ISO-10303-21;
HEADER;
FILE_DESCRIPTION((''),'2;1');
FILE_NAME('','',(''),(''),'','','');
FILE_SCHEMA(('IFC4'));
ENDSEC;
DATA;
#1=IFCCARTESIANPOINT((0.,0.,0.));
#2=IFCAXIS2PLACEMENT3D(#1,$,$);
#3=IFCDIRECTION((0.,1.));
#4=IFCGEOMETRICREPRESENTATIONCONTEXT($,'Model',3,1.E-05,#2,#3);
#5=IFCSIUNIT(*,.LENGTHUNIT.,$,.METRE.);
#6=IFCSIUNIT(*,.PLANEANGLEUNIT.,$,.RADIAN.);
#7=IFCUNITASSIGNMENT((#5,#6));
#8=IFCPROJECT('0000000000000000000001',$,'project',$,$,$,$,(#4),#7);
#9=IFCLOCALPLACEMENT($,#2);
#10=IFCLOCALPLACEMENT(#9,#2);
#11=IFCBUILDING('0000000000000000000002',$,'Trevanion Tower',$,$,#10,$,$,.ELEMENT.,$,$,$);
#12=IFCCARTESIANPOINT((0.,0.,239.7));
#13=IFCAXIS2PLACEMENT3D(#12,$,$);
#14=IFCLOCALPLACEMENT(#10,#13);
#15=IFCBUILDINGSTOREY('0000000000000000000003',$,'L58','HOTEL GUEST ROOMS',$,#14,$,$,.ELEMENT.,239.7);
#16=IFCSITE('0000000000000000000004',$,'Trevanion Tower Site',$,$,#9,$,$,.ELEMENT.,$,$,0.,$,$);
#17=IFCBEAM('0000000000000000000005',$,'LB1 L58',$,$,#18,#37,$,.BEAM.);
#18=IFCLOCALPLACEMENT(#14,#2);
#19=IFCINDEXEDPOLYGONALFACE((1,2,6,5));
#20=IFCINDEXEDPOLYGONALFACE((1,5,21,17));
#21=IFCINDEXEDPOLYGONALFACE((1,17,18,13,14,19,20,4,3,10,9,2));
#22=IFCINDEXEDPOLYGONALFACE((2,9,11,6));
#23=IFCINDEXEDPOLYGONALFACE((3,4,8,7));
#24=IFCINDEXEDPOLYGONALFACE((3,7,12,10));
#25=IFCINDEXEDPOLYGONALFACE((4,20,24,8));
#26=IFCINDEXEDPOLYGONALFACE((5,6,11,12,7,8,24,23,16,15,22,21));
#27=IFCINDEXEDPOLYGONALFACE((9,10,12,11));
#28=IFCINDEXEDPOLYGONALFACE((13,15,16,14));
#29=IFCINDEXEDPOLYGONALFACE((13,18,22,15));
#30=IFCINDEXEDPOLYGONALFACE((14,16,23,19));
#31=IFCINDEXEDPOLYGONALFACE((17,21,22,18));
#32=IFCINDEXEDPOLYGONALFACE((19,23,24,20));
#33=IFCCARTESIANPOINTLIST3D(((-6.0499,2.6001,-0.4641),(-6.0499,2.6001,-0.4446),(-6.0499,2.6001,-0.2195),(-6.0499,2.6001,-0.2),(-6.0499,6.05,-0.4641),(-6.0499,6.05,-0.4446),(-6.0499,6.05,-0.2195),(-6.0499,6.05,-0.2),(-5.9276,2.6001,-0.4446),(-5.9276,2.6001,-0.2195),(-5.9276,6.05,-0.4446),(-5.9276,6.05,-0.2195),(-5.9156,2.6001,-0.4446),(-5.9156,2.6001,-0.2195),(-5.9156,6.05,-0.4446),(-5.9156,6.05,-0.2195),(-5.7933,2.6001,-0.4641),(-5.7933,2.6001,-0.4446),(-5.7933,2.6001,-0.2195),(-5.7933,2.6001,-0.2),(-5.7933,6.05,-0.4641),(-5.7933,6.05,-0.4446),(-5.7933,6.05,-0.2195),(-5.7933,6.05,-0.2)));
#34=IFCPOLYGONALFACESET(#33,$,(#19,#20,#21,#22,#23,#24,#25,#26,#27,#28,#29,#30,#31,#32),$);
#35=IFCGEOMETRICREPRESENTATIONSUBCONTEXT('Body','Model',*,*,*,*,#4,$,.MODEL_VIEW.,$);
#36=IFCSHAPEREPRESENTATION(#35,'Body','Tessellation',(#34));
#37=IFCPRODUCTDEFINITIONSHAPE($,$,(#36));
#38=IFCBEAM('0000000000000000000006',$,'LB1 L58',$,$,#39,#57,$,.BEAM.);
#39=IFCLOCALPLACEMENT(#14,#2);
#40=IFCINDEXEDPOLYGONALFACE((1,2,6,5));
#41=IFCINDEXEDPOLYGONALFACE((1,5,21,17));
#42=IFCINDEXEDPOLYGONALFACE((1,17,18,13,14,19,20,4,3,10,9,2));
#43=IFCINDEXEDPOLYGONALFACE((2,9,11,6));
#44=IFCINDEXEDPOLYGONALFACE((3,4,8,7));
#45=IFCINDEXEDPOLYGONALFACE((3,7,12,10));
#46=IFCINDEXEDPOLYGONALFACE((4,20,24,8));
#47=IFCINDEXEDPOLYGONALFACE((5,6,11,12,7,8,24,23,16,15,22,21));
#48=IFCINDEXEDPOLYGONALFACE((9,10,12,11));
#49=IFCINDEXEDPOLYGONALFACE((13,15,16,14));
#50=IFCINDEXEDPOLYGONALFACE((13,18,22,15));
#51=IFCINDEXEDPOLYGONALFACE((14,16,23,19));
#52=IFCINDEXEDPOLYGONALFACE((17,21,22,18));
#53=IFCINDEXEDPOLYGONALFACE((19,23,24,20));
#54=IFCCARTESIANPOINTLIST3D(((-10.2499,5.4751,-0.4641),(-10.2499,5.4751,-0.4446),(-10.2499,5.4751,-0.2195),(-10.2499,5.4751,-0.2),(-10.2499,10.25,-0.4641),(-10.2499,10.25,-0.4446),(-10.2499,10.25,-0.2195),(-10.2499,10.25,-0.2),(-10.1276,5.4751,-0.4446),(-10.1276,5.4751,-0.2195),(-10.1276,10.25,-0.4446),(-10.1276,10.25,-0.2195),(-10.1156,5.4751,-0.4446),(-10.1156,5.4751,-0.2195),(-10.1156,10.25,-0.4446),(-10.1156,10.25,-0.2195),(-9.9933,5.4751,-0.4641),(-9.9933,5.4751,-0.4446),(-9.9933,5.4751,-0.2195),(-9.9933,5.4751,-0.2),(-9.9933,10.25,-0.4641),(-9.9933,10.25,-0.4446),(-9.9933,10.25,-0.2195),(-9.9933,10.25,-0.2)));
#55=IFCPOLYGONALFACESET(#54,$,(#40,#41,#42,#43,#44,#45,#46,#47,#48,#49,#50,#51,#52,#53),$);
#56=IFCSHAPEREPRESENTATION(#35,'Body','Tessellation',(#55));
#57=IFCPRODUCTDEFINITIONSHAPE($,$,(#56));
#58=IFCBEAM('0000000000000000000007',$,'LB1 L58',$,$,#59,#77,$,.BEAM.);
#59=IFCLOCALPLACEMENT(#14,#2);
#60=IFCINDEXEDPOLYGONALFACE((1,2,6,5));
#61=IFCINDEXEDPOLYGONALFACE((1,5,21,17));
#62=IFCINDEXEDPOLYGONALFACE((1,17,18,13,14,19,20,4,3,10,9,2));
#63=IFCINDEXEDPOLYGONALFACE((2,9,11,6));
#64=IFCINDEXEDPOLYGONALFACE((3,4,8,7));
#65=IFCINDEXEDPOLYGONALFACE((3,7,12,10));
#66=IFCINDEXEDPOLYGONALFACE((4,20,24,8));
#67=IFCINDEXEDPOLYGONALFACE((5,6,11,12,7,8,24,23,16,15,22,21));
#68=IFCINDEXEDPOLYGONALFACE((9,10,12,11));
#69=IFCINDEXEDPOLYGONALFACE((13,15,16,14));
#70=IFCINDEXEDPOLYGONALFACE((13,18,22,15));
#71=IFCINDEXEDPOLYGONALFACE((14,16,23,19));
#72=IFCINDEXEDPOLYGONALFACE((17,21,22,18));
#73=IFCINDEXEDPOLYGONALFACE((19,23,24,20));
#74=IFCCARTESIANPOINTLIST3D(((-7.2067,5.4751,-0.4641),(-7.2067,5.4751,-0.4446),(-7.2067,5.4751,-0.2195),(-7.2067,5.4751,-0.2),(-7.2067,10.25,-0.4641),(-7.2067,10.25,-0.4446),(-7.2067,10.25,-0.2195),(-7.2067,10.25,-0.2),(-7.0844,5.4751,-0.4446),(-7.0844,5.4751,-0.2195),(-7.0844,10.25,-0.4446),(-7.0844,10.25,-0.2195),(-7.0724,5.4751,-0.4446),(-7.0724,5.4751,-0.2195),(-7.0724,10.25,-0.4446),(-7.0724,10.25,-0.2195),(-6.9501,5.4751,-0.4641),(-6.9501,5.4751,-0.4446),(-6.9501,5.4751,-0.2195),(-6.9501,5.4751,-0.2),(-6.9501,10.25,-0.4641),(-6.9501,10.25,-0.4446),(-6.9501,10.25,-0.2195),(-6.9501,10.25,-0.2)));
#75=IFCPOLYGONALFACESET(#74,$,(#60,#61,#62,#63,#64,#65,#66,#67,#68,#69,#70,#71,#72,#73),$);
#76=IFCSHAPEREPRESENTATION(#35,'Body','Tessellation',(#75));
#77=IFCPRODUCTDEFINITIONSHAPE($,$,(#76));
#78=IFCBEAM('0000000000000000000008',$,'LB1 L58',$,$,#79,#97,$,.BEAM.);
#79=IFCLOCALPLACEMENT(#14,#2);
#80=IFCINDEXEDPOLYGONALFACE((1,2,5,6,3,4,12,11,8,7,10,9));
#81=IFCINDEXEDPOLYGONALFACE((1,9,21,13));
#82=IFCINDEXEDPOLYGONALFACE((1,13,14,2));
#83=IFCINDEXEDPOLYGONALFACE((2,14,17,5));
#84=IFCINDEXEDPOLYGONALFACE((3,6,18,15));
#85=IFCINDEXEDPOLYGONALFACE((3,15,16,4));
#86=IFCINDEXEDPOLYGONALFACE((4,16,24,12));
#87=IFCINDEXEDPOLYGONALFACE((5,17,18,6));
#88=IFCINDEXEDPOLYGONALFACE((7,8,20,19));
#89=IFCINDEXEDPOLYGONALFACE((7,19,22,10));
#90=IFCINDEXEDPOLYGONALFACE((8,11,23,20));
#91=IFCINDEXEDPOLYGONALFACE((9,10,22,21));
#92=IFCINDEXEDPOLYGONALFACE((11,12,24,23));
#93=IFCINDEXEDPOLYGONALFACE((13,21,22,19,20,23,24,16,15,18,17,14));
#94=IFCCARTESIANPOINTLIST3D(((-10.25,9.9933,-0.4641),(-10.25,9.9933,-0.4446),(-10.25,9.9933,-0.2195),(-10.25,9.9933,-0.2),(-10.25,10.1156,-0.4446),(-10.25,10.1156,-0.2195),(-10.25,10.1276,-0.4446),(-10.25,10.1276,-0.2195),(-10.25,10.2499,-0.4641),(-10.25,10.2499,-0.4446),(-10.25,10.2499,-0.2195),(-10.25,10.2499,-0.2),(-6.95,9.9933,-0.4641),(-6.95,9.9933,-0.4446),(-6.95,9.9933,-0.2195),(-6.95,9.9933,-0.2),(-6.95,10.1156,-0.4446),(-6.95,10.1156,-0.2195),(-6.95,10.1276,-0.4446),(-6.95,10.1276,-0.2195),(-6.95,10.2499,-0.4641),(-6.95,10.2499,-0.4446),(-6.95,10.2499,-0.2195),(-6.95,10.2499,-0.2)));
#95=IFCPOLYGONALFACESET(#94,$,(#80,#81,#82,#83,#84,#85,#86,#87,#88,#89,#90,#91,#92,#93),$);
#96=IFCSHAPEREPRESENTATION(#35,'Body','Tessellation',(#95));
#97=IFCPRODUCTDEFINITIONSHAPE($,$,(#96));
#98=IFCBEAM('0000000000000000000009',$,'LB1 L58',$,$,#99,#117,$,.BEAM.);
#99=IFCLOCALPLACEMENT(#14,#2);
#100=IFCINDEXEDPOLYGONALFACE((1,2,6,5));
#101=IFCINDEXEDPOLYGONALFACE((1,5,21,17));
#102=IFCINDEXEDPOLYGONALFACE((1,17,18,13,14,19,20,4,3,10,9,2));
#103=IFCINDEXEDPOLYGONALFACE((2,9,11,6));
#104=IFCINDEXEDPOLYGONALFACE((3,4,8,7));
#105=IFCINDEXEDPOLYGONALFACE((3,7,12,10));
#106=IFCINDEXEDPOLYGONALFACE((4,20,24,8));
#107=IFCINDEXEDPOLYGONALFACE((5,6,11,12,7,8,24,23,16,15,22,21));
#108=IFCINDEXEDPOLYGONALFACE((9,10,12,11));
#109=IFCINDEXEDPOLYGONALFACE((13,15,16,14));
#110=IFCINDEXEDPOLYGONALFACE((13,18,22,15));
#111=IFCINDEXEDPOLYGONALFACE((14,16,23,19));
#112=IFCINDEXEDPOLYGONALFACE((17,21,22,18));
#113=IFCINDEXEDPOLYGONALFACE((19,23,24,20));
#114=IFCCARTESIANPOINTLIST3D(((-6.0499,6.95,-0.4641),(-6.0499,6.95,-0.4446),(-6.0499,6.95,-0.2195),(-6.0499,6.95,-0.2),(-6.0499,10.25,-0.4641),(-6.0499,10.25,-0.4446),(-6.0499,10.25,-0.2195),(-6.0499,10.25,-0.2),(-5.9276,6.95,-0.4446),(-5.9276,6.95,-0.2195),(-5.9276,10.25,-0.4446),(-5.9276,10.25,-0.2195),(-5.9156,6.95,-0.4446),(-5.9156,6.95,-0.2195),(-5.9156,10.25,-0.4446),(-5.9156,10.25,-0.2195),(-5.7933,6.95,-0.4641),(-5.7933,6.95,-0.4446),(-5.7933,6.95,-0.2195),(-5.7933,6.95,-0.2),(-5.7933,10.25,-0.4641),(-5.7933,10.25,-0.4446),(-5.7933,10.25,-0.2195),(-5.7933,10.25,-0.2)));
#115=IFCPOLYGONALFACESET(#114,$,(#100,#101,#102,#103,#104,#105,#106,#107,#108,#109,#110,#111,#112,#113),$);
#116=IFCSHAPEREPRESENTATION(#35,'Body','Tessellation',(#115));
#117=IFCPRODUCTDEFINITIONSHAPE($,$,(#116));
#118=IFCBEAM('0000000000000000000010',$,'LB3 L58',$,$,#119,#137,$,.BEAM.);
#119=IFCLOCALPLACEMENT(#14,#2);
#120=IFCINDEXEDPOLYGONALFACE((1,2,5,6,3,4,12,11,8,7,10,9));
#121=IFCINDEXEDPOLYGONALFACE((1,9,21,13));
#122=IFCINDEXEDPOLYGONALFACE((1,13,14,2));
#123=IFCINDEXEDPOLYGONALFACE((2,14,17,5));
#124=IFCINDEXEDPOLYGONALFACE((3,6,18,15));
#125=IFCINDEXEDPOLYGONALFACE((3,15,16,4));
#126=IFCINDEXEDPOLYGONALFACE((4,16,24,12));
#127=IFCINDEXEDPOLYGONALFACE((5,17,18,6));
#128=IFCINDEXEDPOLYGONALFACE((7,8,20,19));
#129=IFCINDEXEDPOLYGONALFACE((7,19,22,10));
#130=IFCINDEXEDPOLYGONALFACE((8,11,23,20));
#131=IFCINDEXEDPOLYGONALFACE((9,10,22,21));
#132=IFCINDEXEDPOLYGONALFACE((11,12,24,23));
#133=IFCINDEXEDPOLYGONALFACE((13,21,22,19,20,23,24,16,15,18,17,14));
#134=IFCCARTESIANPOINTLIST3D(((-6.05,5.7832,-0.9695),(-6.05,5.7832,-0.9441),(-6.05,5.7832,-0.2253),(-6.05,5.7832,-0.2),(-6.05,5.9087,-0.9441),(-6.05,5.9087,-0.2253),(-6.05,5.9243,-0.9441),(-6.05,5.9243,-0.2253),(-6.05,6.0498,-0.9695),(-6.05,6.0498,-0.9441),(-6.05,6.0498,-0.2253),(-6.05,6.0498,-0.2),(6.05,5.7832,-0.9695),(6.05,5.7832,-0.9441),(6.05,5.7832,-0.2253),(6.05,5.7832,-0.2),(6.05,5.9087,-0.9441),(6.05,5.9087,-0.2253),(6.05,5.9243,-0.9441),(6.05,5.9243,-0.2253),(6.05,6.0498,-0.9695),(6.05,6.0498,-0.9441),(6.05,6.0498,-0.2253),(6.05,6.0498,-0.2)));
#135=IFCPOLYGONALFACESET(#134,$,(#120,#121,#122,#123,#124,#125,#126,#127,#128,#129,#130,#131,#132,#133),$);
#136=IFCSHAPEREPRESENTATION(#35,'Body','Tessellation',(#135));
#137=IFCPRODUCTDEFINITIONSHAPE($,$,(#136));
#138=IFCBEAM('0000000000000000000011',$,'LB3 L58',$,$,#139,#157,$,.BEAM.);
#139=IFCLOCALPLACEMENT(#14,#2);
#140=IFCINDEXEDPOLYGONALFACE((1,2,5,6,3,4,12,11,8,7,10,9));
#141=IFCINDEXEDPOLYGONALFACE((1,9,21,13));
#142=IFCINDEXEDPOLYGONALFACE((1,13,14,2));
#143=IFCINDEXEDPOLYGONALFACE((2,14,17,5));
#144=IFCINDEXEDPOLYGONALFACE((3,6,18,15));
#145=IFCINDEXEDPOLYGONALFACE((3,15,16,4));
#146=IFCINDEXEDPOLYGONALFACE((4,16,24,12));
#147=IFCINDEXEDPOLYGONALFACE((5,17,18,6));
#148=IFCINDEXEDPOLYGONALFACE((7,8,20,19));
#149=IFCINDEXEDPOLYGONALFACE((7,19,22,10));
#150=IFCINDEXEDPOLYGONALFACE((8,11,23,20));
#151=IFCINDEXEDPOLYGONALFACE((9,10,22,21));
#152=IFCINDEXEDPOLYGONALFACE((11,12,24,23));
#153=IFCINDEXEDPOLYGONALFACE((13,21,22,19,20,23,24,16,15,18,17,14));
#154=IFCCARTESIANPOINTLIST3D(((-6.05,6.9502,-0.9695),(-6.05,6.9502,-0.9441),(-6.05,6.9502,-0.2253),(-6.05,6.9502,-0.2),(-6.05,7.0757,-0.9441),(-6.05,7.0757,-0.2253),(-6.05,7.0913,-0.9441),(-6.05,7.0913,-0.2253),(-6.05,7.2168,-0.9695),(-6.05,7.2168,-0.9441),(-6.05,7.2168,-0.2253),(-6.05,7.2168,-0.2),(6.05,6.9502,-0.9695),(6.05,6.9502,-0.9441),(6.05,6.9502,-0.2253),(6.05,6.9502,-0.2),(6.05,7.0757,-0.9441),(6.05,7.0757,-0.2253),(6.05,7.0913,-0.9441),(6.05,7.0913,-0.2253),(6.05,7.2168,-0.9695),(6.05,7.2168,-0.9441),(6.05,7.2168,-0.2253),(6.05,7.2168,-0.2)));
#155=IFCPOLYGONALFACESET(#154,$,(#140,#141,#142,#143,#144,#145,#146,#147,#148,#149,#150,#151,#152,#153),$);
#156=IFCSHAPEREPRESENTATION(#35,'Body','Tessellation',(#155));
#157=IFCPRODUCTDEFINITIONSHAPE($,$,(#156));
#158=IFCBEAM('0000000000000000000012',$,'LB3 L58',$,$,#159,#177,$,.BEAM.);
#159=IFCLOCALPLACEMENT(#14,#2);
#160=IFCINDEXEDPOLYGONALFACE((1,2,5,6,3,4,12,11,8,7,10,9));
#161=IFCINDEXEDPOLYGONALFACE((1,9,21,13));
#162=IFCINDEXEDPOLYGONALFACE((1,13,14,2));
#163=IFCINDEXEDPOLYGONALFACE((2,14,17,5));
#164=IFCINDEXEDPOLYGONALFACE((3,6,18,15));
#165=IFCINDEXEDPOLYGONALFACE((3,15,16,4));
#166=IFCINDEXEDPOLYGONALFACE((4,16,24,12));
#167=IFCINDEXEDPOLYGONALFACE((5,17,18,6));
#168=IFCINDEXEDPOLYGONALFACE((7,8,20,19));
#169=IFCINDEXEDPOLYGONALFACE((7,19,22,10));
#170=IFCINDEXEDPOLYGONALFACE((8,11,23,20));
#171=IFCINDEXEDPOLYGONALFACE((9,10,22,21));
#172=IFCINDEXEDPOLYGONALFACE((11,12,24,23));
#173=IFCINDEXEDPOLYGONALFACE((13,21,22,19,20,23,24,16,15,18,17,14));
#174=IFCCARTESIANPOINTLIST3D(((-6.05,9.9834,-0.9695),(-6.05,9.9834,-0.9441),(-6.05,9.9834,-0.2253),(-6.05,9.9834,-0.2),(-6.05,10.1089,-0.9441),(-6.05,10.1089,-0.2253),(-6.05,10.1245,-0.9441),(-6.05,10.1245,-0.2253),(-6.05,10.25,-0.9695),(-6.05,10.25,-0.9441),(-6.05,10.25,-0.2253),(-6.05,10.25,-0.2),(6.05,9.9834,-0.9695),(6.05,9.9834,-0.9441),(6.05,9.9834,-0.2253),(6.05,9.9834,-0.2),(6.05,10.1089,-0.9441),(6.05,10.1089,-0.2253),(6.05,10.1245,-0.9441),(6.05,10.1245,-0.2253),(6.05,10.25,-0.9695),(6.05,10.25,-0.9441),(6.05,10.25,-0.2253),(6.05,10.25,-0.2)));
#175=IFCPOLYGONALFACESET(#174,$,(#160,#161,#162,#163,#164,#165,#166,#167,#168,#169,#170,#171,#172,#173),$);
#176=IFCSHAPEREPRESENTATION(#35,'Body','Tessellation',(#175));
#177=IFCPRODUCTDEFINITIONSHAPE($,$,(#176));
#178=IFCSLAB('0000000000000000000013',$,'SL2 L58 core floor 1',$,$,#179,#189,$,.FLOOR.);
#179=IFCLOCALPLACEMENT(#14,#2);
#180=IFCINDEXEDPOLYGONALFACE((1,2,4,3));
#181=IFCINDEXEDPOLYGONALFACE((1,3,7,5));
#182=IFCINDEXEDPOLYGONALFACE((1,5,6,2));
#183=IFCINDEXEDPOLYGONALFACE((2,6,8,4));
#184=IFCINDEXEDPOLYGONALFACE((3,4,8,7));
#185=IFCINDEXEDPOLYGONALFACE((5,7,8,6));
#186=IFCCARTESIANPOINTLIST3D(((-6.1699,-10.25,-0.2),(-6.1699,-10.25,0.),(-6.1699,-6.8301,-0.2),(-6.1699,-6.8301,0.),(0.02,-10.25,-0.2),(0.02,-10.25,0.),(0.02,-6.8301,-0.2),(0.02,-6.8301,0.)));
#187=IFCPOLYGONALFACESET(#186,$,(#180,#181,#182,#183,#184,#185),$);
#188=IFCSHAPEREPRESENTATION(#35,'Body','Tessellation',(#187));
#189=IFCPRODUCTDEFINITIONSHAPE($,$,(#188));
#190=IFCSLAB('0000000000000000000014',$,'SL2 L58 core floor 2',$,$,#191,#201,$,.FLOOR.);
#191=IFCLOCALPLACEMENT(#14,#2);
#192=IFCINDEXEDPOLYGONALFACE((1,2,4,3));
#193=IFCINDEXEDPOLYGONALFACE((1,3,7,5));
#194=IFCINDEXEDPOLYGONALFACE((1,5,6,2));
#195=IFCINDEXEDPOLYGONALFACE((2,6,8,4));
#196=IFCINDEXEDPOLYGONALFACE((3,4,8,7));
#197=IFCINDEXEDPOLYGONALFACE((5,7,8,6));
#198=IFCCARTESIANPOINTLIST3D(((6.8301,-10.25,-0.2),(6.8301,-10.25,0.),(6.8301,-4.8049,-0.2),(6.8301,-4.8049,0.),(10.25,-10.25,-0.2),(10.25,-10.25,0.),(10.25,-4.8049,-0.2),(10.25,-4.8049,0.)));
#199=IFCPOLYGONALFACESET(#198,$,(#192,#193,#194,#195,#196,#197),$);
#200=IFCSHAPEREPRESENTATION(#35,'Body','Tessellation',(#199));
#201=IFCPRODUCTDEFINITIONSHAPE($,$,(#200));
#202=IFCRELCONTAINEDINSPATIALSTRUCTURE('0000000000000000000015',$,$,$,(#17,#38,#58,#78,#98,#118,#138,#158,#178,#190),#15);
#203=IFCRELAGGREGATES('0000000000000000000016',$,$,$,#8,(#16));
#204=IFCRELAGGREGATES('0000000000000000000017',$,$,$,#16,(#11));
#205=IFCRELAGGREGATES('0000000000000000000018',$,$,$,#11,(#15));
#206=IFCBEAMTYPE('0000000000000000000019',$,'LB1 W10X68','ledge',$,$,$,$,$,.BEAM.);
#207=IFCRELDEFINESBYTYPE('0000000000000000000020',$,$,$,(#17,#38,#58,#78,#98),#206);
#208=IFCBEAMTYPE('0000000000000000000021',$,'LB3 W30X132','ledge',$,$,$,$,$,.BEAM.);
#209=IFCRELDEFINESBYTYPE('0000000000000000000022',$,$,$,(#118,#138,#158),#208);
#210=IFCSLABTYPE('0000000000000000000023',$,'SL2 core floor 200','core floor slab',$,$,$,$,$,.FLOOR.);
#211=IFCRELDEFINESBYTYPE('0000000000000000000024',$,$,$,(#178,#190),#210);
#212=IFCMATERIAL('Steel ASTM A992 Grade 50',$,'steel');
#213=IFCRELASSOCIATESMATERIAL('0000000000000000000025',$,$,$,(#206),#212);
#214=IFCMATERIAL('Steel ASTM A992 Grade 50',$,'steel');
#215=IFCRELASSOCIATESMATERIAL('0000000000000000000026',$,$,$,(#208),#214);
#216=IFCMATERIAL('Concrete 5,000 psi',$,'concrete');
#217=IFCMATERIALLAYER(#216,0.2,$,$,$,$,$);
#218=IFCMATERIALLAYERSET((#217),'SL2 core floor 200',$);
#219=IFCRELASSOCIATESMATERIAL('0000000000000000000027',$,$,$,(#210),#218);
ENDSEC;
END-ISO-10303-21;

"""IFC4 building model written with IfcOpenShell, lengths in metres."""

from ifc_helpers import new_model, si_unit, direction, frame, origin, origin_2d, place, context, subcontext, project, spatial, polyline, i_section, outline, extrude, material, layer, layer_set, material_profile, profile_set, type_object, element, save


model = new_model("IFC4")

# Units and contexts
model_context = context("Model", 3, precision=1e-05, world=origin(), true_north=direction((0.0, 1.0)))
body_context = subcontext(model_context, "Body", "Model", "MODEL_VIEW")
ifc_project = project(units=[si_unit("LENGTHUNIT", "METRE"), si_unit("PLANEANGLEUNIT", "RADIAN")], contexts=[model_context])

# Site, building, storey
site_placement = place(None, origin())
site = spatial("IfcSite", under=ifc_project, at=site_placement, Name="Trevanion Tower Site", CompositionType="ELEMENT", RefElevation=0.0)
building_placement = place(site_placement, origin())
building = spatial("IfcBuilding", under=site, at=building_placement, Name="Trevanion Tower", CompositionType="ELEMENT")
storey_placement = place(building_placement, frame((0.0, 0.0, 239.7)))
storey = spatial("IfcBuildingStorey", under=building, at=storey_placement, Name="L58", Description="HOTEL GUEST ROOMS", CompositionType="ELEMENT", Elevation=239.7)

# Beams
ifc_material_1 = material(Name="Steel ASTM A992 Grade 50", Category="steel")
ifc_material_profile_1 = material_profile(ifc_material_1, i_section(OverallWidth=0.2566, OverallDepth=0.2642, WebThickness=0.012, FlangeThickness=0.0195, at=origin_2d()), Name="W10X68")
ifc_profile_set_1 = profile_set([ifc_material_profile_1], Name="Steel ASTM A992 Grade 50")
beam_type_1 = type_object("IfcBeamType", Name="LB1 W10X68", Description="ledge", PredefinedType="BEAM", material=ifc_profile_set_1)
beam_placement = place(storey_placement, frame((-5.9216, 2.6001, -0.332), z_axis=(0.0, 1.0, 0.0), x_axis=(-1.0, 0.0, 0.0)))
element("IfcBeam", 1, at=beam_placement, inside=storey, type_object=beam_type_1, Name="LB1 L58", PredefinedType="BEAM", context=body_context, shape_type="SweptSolid", body=[
    extrude(i_section(OverallWidth=0.2566, OverallDepth=0.2642, WebThickness=0.012, FlangeThickness=0.0195, at=origin_2d()), origin(), (0.0, 0.0, 1.0), 3.45),
])
for number, where, z_axis, x_axis, name in (
    (2, (-10.1216, 5.4751, -0.332), (0.0, 1.0, 0.0), (-1.0, 0.0, 0.0), "LB1 L58"),
    (3, (-7.0784, 5.4751, -0.332), (0.0, 1.0, 0.0), (-1.0, 0.0, 0.0), "LB1 L58"),
):
    element("IfcBeam", number, at=place(storey_placement, frame(where, z_axis=z_axis, x_axis=x_axis)), inside=storey, type_object=beam_type_1, Name=name, PredefinedType="BEAM", context=body_context, shape_type="SweptSolid", body=[
        extrude(i_section(OverallWidth=0.2566, OverallDepth=0.2642, WebThickness=0.012, FlangeThickness=0.0195, at=origin_2d()), origin(), (0.0, 0.0, 1.0), 4.7749),
    ])
for number, where, z_axis, x_axis, name in (
    (4, (-10.25, 10.1216, -0.332), (1.0, 0.0, 0.0), (0.0, 1.0, 0.0), "LB1 L58"),
    (5, (-5.9216, 6.95, -0.332), (0.0, 1.0, 0.0), (-1.0, 0.0, 0.0), "LB1 L58"),
):
    element("IfcBeam", number, at=place(storey_placement, frame(where, z_axis=z_axis, x_axis=x_axis)), inside=storey, type_object=beam_type_1, Name=name, PredefinedType="BEAM", context=body_context, shape_type="SweptSolid", body=[
        extrude(i_section(OverallWidth=0.2566, OverallDepth=0.2642, WebThickness=0.012, FlangeThickness=0.0195, at=origin_2d()), origin(), (0.0, 0.0, 1.0), 3.3),
    ])
ifc_material_2 = material(Name="Steel ASTM A992 Grade 50", Category="steel")
ifc_material_profile_2 = material_profile(ifc_material_2, i_section(OverallWidth=0.2666, OverallDepth=0.7695, WebThickness=0.0156, FlangeThickness=0.0254, at=origin_2d()), Name="W30X132")
ifc_profile_set_2 = profile_set([ifc_material_profile_2], Name="Steel ASTM A992 Grade 50")
beam_type_2 = type_object("IfcBeamType", Name="LB3 W30X132", Description="ledge", PredefinedType="BEAM", material=ifc_profile_set_2)
for number, where, z_axis, x_axis, name in (
    (6, (-6.05, 5.9165, -0.5847), (1.0, 0.0, 0.0), (0.0, 1.0, 0.0), "LB3 L58"),
    (7, (-6.05, 7.0835, -0.5847), (1.0, 0.0, 0.0), (0.0, 1.0, 0.0), "LB3 L58"),
    (8, (-6.05, 10.1167, -0.5847), (1.0, 0.0, 0.0), (0.0, 1.0, 0.0), "LB3 L58"),
):
    element("IfcBeam", number, at=place(storey_placement, frame(where, z_axis=z_axis, x_axis=x_axis)), inside=storey, type_object=beam_type_2, Name=name, PredefinedType="BEAM", context=body_context, shape_type="SweptSolid", body=[
        extrude(i_section(OverallWidth=0.2666, OverallDepth=0.7695, WebThickness=0.0156, FlangeThickness=0.0254, at=origin_2d()), origin(), (0.0, 0.0, 1.0), 12.1001),
    ])

# Slabs
ifc_material_3 = material(Name="Concrete 5,000 psi", Category="concrete")
ifc_layer_1 = layer(ifc_material_3, 0.2)
ifc_layer_set_1 = layer_set([ifc_layer_1], Name="SL2 core floor 200")
slab_type = type_object("IfcSlabType", Name="SL2 core floor 200", Description="core floor slab", PredefinedType="FLOOR", material=ifc_layer_set_1)
slab_1_placement = place(storey_placement, frame((0.0, 0.0, -0.2)))
element("IfcSlab", 9, at=slab_1_placement, inside=storey, type_object=slab_type, Name="SL2 L58 core floor 1", PredefinedType="FLOOR", context=body_context, shape_type="SweptSolid", body=[
    extrude(outline(polyline([(0.02, -10.25), (-6.1699, -10.25), (-6.1699, -6.8301), (0.02, -6.8301), (0.02, -10.25)])), origin(), (0.0, 0.0, 1.0), 0.2),
])
slab_2_placement = place(storey_placement, frame((0.0, 0.0, -0.2)))
element("IfcSlab", 10, at=slab_2_placement, inside=storey, type_object=slab_type, Name="SL2 L58 core floor 2", PredefinedType="FLOOR", context=body_context, shape_type="SweptSolid", body=[
    extrude(outline(polyline([(6.8301, -4.8049), (10.25, -4.8049), (10.25, -10.25), (6.8301, -10.25), (6.8301, -4.8049)])), origin(), (0.0, 0.0, 1.0), 0.2),
])

save(model, "model.ifc")
